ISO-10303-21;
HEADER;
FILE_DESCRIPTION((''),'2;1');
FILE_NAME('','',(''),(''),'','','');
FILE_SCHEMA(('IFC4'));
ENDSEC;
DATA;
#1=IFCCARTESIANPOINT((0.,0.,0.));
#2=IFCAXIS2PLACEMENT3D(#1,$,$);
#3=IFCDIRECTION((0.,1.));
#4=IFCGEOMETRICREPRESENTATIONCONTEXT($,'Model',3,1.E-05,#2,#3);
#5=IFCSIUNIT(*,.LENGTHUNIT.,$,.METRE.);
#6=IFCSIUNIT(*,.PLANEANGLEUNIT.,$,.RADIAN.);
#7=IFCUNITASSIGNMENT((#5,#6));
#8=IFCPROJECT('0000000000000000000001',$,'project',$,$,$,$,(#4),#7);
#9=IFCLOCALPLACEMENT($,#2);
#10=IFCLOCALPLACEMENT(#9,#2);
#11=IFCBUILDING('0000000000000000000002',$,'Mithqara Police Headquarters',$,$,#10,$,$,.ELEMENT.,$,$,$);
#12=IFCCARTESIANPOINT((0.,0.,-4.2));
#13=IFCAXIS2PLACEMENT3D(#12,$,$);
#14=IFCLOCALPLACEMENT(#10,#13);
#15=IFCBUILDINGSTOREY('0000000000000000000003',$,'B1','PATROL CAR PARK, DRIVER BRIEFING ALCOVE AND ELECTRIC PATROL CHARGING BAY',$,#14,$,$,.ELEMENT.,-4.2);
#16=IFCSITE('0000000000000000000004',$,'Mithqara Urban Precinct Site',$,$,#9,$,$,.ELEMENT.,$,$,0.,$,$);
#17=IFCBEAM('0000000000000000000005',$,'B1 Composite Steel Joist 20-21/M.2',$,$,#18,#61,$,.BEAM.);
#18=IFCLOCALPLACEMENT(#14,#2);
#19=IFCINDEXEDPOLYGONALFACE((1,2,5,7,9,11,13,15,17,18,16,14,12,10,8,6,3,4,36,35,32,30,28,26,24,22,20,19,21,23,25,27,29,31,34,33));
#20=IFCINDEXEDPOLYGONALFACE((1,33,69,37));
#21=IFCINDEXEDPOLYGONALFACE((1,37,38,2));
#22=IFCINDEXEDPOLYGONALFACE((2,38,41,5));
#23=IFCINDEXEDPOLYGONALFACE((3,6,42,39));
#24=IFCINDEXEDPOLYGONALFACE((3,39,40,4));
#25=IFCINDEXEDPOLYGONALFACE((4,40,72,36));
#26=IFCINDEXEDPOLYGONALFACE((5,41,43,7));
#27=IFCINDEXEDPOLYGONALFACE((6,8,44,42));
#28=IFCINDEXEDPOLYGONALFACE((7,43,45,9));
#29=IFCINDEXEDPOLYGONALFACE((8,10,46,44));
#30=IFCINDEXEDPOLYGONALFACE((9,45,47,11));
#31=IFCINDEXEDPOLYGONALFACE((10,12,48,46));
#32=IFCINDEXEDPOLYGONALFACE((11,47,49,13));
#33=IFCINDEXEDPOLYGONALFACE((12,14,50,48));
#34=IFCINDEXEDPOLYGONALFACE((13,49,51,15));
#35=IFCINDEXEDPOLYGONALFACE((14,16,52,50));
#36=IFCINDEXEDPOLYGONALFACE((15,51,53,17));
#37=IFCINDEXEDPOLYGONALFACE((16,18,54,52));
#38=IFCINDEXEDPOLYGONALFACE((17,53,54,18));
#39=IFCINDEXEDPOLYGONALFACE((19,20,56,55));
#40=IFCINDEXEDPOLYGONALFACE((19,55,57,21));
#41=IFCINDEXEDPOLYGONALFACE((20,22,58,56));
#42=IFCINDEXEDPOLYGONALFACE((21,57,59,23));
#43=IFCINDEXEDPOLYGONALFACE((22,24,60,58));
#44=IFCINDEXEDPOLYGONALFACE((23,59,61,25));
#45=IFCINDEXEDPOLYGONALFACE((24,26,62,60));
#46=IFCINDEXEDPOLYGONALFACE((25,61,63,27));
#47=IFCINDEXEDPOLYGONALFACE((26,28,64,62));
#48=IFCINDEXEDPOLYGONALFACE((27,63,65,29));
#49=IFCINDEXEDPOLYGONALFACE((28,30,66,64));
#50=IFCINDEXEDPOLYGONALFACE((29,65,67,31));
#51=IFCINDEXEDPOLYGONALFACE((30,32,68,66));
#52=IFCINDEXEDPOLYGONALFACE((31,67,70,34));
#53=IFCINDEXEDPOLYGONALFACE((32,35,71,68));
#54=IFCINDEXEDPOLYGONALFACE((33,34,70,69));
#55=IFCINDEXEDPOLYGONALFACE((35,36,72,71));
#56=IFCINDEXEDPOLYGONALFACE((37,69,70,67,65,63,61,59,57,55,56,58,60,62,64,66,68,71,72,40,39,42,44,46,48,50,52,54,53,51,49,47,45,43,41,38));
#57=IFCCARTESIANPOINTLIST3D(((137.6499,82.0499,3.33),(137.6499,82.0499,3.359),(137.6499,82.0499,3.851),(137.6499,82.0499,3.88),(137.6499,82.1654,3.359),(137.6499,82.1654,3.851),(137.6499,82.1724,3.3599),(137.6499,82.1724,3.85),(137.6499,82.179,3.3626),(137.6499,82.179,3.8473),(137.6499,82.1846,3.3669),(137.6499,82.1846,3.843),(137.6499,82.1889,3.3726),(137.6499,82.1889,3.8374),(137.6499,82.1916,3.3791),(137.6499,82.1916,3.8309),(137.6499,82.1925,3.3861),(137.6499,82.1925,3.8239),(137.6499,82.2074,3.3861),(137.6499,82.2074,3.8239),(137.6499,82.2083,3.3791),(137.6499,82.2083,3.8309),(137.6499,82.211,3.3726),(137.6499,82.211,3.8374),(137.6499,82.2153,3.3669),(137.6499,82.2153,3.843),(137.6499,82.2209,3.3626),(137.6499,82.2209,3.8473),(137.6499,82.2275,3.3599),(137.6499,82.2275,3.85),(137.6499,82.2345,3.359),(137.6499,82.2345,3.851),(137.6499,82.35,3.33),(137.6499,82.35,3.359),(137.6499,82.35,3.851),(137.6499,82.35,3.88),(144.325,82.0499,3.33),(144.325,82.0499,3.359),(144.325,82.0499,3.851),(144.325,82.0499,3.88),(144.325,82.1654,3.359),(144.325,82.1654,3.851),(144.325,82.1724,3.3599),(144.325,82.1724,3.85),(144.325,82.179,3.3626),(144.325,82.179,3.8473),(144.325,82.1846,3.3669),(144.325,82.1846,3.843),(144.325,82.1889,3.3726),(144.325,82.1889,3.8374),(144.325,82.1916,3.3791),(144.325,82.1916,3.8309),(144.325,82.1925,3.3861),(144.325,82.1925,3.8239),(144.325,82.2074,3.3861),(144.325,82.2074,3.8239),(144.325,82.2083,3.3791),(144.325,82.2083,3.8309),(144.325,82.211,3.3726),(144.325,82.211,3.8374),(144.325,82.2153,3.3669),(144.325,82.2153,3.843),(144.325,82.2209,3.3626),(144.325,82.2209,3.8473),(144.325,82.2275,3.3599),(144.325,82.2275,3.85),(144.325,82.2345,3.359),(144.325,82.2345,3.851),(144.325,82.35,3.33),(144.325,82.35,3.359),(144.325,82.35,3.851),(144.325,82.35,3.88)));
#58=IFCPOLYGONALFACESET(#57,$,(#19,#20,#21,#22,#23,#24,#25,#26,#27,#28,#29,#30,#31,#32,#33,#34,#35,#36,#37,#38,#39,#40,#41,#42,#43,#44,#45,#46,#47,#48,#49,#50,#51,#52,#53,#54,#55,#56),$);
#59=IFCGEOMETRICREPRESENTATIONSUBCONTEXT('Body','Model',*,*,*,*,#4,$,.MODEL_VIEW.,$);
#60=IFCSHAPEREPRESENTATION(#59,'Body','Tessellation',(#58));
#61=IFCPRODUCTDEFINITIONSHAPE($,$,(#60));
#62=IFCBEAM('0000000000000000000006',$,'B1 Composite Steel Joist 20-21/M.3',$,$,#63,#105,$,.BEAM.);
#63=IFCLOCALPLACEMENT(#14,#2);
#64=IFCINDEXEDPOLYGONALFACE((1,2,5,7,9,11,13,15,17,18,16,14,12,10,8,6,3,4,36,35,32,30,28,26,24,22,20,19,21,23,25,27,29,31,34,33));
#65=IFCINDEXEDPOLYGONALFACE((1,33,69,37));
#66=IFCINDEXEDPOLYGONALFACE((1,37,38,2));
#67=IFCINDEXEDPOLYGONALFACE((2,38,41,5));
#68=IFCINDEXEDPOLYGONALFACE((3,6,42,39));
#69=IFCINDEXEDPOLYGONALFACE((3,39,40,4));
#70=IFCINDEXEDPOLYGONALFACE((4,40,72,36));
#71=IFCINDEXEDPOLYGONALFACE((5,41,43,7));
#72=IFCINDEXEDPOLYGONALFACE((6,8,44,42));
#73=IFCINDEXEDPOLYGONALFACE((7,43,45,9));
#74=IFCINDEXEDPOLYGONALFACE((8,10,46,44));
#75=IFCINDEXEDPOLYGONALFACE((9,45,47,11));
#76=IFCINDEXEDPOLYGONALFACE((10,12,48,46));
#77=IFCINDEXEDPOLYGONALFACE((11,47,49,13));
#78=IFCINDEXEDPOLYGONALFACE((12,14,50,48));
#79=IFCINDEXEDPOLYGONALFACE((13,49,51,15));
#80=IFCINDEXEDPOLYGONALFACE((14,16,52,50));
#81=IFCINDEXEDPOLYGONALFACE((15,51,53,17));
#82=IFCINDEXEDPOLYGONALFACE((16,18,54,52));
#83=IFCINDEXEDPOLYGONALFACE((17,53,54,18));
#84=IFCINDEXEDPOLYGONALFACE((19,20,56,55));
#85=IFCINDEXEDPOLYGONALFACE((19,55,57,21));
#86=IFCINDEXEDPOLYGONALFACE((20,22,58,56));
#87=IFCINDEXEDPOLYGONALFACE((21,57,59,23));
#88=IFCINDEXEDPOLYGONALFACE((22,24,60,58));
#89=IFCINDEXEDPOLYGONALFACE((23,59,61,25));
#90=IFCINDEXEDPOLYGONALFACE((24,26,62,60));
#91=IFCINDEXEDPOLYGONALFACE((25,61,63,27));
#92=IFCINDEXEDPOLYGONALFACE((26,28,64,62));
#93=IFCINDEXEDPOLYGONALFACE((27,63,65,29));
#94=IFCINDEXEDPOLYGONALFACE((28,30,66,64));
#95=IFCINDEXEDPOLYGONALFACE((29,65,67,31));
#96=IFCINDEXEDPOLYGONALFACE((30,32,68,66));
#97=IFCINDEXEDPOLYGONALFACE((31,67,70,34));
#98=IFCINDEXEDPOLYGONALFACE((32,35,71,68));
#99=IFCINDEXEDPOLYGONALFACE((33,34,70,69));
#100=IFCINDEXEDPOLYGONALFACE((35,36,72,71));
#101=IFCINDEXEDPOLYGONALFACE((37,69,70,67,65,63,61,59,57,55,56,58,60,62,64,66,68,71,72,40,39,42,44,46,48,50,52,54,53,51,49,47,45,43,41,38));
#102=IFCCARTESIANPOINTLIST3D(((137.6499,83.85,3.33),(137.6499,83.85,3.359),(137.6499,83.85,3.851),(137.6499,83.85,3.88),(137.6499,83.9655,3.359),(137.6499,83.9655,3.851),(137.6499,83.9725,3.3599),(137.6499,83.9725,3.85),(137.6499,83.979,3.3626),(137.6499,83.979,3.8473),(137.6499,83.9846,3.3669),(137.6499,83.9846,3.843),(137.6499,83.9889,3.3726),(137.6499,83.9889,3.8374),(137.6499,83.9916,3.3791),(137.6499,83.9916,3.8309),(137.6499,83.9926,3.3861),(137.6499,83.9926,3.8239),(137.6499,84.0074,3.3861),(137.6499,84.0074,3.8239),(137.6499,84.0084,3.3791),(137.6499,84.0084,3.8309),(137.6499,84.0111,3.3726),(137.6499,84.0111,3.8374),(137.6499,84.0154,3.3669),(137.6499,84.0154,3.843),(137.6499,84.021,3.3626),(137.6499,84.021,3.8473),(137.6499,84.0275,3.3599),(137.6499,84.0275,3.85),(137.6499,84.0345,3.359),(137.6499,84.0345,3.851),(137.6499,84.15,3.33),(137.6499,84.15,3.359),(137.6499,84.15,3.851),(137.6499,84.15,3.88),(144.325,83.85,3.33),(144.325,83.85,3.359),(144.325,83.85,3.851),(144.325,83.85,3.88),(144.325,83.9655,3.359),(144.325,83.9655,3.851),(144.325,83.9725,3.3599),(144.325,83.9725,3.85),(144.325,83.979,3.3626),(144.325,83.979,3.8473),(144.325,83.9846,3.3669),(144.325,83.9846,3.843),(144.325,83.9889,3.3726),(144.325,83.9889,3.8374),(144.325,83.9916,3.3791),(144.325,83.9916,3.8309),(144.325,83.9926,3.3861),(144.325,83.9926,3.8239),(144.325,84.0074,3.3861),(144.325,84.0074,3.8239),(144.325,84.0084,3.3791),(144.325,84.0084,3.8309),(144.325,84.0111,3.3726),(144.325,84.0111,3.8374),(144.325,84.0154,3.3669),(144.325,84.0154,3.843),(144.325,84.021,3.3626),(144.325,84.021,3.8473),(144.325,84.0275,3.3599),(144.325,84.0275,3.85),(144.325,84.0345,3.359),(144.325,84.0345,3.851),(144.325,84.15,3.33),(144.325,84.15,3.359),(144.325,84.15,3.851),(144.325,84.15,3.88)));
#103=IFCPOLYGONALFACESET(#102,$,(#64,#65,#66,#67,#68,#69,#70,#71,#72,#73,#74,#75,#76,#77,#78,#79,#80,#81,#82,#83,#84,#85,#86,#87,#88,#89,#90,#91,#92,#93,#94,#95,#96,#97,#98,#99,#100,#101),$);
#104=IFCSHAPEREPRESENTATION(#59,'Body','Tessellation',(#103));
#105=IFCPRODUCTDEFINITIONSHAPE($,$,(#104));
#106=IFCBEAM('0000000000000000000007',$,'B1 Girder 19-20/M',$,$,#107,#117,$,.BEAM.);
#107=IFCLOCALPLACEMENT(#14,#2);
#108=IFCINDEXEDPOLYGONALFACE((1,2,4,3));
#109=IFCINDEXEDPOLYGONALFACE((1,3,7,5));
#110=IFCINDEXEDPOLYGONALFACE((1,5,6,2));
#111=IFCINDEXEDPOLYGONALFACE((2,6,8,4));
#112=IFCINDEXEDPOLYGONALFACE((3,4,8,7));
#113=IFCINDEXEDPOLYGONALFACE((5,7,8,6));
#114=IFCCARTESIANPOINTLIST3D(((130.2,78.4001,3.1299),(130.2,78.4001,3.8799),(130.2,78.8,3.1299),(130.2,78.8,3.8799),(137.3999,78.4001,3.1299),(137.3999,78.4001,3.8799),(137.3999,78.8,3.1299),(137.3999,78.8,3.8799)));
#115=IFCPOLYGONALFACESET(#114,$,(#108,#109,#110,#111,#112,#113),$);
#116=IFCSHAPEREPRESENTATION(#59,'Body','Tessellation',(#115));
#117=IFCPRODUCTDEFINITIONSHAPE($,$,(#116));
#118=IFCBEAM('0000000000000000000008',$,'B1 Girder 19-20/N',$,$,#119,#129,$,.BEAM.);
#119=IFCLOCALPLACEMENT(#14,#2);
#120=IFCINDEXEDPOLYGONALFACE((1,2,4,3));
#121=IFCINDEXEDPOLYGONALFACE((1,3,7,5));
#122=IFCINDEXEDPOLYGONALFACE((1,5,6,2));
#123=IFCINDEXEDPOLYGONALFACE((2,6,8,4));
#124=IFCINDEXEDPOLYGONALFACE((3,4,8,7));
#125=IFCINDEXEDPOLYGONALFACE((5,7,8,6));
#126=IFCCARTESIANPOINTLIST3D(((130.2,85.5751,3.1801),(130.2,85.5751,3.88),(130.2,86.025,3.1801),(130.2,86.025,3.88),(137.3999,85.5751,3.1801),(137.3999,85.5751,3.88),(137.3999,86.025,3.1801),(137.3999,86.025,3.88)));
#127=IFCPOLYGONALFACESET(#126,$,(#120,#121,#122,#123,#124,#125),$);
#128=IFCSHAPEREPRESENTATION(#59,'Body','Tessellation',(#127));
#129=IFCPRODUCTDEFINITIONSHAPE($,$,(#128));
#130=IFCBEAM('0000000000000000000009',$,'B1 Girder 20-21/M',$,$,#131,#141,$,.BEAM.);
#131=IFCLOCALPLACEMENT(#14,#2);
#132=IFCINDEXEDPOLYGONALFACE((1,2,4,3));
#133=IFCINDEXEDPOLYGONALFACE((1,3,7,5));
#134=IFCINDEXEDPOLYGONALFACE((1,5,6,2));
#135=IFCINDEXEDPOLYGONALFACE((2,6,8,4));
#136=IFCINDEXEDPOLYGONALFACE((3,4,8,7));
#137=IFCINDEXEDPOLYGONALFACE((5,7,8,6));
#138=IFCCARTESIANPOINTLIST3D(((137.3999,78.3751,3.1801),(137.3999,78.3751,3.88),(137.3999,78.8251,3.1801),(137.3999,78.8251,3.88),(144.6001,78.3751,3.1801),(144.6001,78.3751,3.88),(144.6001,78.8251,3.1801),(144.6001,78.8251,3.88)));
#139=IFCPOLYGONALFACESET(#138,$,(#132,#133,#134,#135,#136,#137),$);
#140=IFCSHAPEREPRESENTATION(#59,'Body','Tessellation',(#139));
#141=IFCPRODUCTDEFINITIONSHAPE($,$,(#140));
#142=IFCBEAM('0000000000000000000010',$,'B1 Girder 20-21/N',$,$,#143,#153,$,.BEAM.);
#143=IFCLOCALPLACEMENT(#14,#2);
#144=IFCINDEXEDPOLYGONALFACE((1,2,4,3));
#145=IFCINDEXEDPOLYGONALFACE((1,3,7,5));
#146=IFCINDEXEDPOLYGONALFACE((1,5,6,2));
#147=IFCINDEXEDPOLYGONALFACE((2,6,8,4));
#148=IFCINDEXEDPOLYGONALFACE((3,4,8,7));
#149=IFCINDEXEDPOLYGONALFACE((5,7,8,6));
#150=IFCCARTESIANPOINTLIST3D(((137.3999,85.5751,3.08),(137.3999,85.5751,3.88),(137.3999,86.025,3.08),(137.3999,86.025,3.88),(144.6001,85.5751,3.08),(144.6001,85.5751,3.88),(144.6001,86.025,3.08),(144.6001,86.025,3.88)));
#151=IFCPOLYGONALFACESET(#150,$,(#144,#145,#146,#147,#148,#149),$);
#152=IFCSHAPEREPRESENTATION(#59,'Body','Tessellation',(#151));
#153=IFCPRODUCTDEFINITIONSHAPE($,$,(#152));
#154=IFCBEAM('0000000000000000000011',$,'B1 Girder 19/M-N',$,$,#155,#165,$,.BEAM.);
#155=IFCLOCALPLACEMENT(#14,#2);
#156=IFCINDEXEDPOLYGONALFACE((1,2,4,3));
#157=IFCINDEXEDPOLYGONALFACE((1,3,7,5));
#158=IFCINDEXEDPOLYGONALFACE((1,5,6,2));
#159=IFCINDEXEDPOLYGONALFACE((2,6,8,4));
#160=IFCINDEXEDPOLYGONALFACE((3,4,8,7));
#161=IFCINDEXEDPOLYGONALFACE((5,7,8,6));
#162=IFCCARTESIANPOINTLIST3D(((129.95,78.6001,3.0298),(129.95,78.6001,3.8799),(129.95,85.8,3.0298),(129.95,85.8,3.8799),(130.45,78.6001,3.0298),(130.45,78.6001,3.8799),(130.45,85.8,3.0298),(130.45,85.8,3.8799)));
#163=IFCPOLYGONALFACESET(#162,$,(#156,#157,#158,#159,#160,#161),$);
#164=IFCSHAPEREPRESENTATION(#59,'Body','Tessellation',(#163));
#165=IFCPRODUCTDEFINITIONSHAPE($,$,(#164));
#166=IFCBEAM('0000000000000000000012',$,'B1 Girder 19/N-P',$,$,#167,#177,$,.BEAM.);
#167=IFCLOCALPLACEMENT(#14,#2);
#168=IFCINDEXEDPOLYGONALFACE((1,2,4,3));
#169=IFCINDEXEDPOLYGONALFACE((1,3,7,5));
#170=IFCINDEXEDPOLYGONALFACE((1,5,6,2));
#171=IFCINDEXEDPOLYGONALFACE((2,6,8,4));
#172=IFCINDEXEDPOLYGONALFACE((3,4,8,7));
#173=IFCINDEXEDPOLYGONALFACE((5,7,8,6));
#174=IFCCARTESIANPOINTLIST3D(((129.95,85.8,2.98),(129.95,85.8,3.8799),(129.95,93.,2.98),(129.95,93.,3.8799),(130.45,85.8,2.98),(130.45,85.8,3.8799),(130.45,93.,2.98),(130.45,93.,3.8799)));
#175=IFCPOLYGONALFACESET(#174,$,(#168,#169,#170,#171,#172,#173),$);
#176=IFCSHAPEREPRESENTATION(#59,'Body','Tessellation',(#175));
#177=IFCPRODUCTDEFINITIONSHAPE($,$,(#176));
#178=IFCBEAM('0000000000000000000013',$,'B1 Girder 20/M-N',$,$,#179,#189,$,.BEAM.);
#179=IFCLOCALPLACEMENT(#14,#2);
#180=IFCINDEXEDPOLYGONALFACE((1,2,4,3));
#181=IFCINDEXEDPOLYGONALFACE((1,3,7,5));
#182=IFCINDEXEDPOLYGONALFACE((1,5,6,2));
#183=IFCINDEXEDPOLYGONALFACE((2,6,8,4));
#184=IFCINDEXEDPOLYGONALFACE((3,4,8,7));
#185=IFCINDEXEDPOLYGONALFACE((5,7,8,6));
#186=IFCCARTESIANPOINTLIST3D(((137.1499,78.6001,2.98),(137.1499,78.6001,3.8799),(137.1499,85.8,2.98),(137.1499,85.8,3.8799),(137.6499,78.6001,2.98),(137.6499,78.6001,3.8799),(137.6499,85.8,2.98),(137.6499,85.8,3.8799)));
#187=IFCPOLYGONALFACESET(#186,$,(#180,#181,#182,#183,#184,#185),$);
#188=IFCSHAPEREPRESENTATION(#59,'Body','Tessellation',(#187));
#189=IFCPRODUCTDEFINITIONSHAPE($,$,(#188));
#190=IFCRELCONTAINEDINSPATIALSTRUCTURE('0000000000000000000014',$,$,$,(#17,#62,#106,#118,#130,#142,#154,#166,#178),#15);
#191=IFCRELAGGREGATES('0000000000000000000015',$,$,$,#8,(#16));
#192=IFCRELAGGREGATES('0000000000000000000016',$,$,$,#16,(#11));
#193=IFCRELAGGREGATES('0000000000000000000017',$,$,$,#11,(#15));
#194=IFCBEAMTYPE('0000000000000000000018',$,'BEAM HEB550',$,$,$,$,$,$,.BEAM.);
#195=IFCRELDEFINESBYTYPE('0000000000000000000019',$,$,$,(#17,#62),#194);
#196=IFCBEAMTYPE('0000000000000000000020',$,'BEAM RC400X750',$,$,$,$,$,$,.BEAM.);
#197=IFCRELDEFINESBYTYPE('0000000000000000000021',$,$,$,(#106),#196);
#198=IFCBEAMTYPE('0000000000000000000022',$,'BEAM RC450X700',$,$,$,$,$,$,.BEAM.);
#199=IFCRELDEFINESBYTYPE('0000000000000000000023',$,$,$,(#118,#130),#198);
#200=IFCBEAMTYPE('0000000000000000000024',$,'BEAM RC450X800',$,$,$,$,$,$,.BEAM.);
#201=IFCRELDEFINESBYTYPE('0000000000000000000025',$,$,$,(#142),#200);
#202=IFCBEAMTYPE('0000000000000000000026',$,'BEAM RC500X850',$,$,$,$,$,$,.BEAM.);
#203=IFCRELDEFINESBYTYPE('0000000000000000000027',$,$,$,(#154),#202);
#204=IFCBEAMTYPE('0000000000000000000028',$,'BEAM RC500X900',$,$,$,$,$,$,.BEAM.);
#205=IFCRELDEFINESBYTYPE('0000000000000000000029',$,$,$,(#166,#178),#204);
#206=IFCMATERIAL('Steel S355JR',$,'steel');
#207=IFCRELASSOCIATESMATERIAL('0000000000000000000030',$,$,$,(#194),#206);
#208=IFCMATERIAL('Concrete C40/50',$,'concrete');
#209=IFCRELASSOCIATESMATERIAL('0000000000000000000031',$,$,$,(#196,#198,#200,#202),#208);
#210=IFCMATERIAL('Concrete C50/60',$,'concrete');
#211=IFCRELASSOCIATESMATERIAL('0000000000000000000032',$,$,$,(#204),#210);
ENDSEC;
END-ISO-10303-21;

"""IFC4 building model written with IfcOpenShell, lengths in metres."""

from ifc_helpers import new_model, si_unit, direction, frame, origin, origin_2d, place, context, subcontext, project, spatial, rectangle, i_section, extrude, material, material_profile, profile_set, type_object, element, save


model = new_model("IFC4")

# Units and contexts
model_context = context("Model", 3, precision=1e-05, world=origin(), true_north=direction((0.0, 1.0)))
body_context = subcontext(model_context, "Body", "Model", "MODEL_VIEW")
ifc_project = project(units=[si_unit("LENGTHUNIT", "METRE"), si_unit("PLANEANGLEUNIT", "RADIAN")], contexts=[model_context])

# Site, building, storey
site_placement = place(None, origin())
site = spatial("IfcSite", under=ifc_project, at=site_placement, Name="Mithqara Urban Precinct Site", CompositionType="ELEMENT", RefElevation=0.0)
building_placement = place(site_placement, origin())
building = spatial("IfcBuilding", under=site, at=building_placement, Name="Mithqara Police Headquarters", CompositionType="ELEMENT")
storey_placement = place(building_placement, frame((0.0, 0.0, -4.2)))
storey = spatial("IfcBuildingStorey", under=building, at=storey_placement, Name="B1", Description="PATROL CAR PARK, DRIVER BRIEFING ALCOVE AND ELECTRIC PATROL CHARGING BAY", CompositionType="ELEMENT", Elevation=-4.2)

# Shared definitions
ifc_material_1 = material(Name="Concrete C50/60", Category="concrete")

# Beams
ifc_material_2 = material(Name="Steel S355JR", Category="steel")
ifc_material_profile_1 = material_profile(ifc_material_2, i_section(OverallWidth=0.3, OverallDepth=0.55, WebThickness=0.0149, FlangeThickness=0.0291, FilletRadius=0.0271, at=origin_2d()), Name="HEB 550")
ifc_profile_set_1 = profile_set([ifc_material_profile_1], Name="Steel S355JR")
beam_type_1 = type_object("IfcBeamType", Name="BEAM HEB550", PredefinedType="BEAM", material=ifc_profile_set_1)
for number, where, z_axis, x_axis, name in (
    (1, (137.6499, 82.2, 3.605), (1.0, 0.0, 0.0), (0.0, 1.0, 0.0), "B1 Composite Steel Joist 20-21/M.2"),
    (2, (137.6499, 84.0, 3.605), (1.0, 0.0, 0.0), (0.0, 1.0, 0.0), "B1 Composite Steel Joist 20-21/M.3"),
):
    element("IfcBeam", number, at=place(storey_placement, frame(where, z_axis=z_axis, x_axis=x_axis)), inside=storey, type_object=beam_type_1, Name=name, PredefinedType="BEAM", context=body_context, shape_type="SweptSolid", body=[
        extrude(i_section(OverallWidth=0.3, OverallDepth=0.55, WebThickness=0.0149, FlangeThickness=0.0291, FilletRadius=0.0271, at=origin_2d()), origin(), (0.0, 0.0, 1.0), 6.675),
    ])
ifc_material_3 = material(Name="Concrete C40/50", Category="concrete")
ifc_material_profile_2 = material_profile(ifc_material_3, rectangle(XDim=0.3999, YDim=0.75, at=origin_2d()), Name="RC 400x750")
ifc_profile_set_2 = profile_set([ifc_material_profile_2], Name="Concrete C40/50")
beam_type_2 = type_object("IfcBeamType", Name="BEAM RC400X750", PredefinedType="BEAM", material=ifc_profile_set_2)
beam_1_placement = place(storey_placement, frame((130.2, 78.6001, 3.5049), z_axis=(1.0, 0.0, 0.0), x_axis=(0.0, 1.0, 0.0)))
element("IfcBeam", 3, at=beam_1_placement, inside=storey, type_object=beam_type_2, Name="B1 Girder 19-20/M", PredefinedType="BEAM", context=body_context, shape_type="SweptSolid", body=[
    extrude(rectangle(XDim=0.3999, YDim=0.75, at=origin_2d()), origin(), (0.0, 0.0, 1.0), 7.2),
])
ifc_material_profile_3 = material_profile(ifc_material_3, rectangle(XDim=0.45, YDim=0.7, at=origin_2d()), Name="RC 450x700")
ifc_profile_set_3 = profile_set([ifc_material_profile_3], Name="Concrete C40/50")
beam_type_3 = type_object("IfcBeamType", Name="BEAM RC450X700", PredefinedType="BEAM", material=ifc_profile_set_3)
beam_2_placement = place(storey_placement, frame((130.2, 85.8, 3.53), z_axis=(1.0, 0.0, 0.0), x_axis=(0.0, 1.0, 0.0)))
element("IfcBeam", 4, at=beam_2_placement, inside=storey, type_object=beam_type_3, Name="B1 Girder 19-20/N", PredefinedType="BEAM", context=body_context, shape_type="SweptSolid", body=[
    extrude(rectangle(XDim=0.45, YDim=0.7, at=origin_2d()), origin(), (0.0, 0.0, 1.0), 7.2),
])
beam_3_placement = place(storey_placement, frame((137.3999, 78.6001, 3.53), z_axis=(1.0, 0.0, 0.0), x_axis=(0.0, 1.0, 0.0)))
element("IfcBeam", 5, at=beam_3_placement, inside=storey, type_object=beam_type_3, Name="B1 Girder 20-21/M", PredefinedType="BEAM", context=body_context, shape_type="SweptSolid", body=[
    extrude(rectangle(XDim=0.45, YDim=0.7, at=origin_2d()), origin(), (0.0, 0.0, 1.0), 7.2002),
])
ifc_material_profile_4 = material_profile(ifc_material_3, rectangle(XDim=0.45, YDim=0.8, at=origin_2d()), Name="RC 450x800")
ifc_profile_set_4 = profile_set([ifc_material_profile_4], Name="Concrete C40/50")
beam_type_4 = type_object("IfcBeamType", Name="BEAM RC450X800", PredefinedType="BEAM", material=ifc_profile_set_4)
beam_4_placement = place(storey_placement, frame((137.3999, 85.8, 3.48), z_axis=(1.0, 0.0, 0.0), x_axis=(0.0, 1.0, 0.0)))
element("IfcBeam", 6, at=beam_4_placement, inside=storey, type_object=beam_type_4, Name="B1 Girder 20-21/N", PredefinedType="BEAM", context=body_context, shape_type="SweptSolid", body=[
    extrude(rectangle(XDim=0.45, YDim=0.8, at=origin_2d()), origin(), (0.0, 0.0, 1.0), 7.2002),
])
ifc_material_profile_5 = material_profile(ifc_material_3, rectangle(XDim=0.5, YDim=0.8501, at=origin_2d()), Name="RC 500x850")
ifc_profile_set_5 = profile_set([ifc_material_profile_5], Name="Concrete C40/50")
beam_type_5 = type_object("IfcBeamType", Name="BEAM RC500X850", PredefinedType="BEAM", material=ifc_profile_set_5)
beam_5_placement = place(storey_placement, frame((130.2, 78.6001, 3.4548), z_axis=(0.0, 1.0, 0.0), x_axis=(-1.0, 0.0, 0.0)))
element("IfcBeam", 7, at=beam_5_placement, inside=storey, type_object=beam_type_5, Name="B1 Girder 19/M-N", PredefinedType="BEAM", context=body_context, shape_type="SweptSolid", body=[
    extrude(rectangle(XDim=0.5, YDim=0.8501, at=origin_2d()), origin(), (0.0, 0.0, 1.0), 7.2),
])
ifc_material_profile_6 = material_profile(ifc_material_1, rectangle(XDim=0.5, YDim=0.8999, at=origin_2d()), Name="RC 500x900")
ifc_profile_set_6 = profile_set([ifc_material_profile_6], Name="Concrete C50/60")
beam_type_6 = type_object("IfcBeamType", Name="BEAM RC500X900", PredefinedType="BEAM", material=ifc_profile_set_6)
for number, where, z_axis, x_axis, name in (
    (8, (130.2, 85.8, 3.4299), (0.0, 1.0, 0.0), (-1.0, 0.0, 0.0), "B1 Girder 19/N-P"),
    (9, (137.3999, 78.6001, 3.4299), (0.0, 1.0, 0.0), (-1.0, 0.0, 0.0), "B1 Girder 20/M-N"),
):
    element("IfcBeam", number, at=place(storey_placement, frame(where, z_axis=z_axis, x_axis=x_axis)), inside=storey, type_object=beam_type_6, Name=name, PredefinedType="BEAM", context=body_context, shape_type="SweptSolid", body=[
        extrude(rectangle(XDim=0.5, YDim=0.8999, at=origin_2d()), origin(), (0.0, 0.0, 1.0), 7.2),
    ])

save(model, "model.ifc")
